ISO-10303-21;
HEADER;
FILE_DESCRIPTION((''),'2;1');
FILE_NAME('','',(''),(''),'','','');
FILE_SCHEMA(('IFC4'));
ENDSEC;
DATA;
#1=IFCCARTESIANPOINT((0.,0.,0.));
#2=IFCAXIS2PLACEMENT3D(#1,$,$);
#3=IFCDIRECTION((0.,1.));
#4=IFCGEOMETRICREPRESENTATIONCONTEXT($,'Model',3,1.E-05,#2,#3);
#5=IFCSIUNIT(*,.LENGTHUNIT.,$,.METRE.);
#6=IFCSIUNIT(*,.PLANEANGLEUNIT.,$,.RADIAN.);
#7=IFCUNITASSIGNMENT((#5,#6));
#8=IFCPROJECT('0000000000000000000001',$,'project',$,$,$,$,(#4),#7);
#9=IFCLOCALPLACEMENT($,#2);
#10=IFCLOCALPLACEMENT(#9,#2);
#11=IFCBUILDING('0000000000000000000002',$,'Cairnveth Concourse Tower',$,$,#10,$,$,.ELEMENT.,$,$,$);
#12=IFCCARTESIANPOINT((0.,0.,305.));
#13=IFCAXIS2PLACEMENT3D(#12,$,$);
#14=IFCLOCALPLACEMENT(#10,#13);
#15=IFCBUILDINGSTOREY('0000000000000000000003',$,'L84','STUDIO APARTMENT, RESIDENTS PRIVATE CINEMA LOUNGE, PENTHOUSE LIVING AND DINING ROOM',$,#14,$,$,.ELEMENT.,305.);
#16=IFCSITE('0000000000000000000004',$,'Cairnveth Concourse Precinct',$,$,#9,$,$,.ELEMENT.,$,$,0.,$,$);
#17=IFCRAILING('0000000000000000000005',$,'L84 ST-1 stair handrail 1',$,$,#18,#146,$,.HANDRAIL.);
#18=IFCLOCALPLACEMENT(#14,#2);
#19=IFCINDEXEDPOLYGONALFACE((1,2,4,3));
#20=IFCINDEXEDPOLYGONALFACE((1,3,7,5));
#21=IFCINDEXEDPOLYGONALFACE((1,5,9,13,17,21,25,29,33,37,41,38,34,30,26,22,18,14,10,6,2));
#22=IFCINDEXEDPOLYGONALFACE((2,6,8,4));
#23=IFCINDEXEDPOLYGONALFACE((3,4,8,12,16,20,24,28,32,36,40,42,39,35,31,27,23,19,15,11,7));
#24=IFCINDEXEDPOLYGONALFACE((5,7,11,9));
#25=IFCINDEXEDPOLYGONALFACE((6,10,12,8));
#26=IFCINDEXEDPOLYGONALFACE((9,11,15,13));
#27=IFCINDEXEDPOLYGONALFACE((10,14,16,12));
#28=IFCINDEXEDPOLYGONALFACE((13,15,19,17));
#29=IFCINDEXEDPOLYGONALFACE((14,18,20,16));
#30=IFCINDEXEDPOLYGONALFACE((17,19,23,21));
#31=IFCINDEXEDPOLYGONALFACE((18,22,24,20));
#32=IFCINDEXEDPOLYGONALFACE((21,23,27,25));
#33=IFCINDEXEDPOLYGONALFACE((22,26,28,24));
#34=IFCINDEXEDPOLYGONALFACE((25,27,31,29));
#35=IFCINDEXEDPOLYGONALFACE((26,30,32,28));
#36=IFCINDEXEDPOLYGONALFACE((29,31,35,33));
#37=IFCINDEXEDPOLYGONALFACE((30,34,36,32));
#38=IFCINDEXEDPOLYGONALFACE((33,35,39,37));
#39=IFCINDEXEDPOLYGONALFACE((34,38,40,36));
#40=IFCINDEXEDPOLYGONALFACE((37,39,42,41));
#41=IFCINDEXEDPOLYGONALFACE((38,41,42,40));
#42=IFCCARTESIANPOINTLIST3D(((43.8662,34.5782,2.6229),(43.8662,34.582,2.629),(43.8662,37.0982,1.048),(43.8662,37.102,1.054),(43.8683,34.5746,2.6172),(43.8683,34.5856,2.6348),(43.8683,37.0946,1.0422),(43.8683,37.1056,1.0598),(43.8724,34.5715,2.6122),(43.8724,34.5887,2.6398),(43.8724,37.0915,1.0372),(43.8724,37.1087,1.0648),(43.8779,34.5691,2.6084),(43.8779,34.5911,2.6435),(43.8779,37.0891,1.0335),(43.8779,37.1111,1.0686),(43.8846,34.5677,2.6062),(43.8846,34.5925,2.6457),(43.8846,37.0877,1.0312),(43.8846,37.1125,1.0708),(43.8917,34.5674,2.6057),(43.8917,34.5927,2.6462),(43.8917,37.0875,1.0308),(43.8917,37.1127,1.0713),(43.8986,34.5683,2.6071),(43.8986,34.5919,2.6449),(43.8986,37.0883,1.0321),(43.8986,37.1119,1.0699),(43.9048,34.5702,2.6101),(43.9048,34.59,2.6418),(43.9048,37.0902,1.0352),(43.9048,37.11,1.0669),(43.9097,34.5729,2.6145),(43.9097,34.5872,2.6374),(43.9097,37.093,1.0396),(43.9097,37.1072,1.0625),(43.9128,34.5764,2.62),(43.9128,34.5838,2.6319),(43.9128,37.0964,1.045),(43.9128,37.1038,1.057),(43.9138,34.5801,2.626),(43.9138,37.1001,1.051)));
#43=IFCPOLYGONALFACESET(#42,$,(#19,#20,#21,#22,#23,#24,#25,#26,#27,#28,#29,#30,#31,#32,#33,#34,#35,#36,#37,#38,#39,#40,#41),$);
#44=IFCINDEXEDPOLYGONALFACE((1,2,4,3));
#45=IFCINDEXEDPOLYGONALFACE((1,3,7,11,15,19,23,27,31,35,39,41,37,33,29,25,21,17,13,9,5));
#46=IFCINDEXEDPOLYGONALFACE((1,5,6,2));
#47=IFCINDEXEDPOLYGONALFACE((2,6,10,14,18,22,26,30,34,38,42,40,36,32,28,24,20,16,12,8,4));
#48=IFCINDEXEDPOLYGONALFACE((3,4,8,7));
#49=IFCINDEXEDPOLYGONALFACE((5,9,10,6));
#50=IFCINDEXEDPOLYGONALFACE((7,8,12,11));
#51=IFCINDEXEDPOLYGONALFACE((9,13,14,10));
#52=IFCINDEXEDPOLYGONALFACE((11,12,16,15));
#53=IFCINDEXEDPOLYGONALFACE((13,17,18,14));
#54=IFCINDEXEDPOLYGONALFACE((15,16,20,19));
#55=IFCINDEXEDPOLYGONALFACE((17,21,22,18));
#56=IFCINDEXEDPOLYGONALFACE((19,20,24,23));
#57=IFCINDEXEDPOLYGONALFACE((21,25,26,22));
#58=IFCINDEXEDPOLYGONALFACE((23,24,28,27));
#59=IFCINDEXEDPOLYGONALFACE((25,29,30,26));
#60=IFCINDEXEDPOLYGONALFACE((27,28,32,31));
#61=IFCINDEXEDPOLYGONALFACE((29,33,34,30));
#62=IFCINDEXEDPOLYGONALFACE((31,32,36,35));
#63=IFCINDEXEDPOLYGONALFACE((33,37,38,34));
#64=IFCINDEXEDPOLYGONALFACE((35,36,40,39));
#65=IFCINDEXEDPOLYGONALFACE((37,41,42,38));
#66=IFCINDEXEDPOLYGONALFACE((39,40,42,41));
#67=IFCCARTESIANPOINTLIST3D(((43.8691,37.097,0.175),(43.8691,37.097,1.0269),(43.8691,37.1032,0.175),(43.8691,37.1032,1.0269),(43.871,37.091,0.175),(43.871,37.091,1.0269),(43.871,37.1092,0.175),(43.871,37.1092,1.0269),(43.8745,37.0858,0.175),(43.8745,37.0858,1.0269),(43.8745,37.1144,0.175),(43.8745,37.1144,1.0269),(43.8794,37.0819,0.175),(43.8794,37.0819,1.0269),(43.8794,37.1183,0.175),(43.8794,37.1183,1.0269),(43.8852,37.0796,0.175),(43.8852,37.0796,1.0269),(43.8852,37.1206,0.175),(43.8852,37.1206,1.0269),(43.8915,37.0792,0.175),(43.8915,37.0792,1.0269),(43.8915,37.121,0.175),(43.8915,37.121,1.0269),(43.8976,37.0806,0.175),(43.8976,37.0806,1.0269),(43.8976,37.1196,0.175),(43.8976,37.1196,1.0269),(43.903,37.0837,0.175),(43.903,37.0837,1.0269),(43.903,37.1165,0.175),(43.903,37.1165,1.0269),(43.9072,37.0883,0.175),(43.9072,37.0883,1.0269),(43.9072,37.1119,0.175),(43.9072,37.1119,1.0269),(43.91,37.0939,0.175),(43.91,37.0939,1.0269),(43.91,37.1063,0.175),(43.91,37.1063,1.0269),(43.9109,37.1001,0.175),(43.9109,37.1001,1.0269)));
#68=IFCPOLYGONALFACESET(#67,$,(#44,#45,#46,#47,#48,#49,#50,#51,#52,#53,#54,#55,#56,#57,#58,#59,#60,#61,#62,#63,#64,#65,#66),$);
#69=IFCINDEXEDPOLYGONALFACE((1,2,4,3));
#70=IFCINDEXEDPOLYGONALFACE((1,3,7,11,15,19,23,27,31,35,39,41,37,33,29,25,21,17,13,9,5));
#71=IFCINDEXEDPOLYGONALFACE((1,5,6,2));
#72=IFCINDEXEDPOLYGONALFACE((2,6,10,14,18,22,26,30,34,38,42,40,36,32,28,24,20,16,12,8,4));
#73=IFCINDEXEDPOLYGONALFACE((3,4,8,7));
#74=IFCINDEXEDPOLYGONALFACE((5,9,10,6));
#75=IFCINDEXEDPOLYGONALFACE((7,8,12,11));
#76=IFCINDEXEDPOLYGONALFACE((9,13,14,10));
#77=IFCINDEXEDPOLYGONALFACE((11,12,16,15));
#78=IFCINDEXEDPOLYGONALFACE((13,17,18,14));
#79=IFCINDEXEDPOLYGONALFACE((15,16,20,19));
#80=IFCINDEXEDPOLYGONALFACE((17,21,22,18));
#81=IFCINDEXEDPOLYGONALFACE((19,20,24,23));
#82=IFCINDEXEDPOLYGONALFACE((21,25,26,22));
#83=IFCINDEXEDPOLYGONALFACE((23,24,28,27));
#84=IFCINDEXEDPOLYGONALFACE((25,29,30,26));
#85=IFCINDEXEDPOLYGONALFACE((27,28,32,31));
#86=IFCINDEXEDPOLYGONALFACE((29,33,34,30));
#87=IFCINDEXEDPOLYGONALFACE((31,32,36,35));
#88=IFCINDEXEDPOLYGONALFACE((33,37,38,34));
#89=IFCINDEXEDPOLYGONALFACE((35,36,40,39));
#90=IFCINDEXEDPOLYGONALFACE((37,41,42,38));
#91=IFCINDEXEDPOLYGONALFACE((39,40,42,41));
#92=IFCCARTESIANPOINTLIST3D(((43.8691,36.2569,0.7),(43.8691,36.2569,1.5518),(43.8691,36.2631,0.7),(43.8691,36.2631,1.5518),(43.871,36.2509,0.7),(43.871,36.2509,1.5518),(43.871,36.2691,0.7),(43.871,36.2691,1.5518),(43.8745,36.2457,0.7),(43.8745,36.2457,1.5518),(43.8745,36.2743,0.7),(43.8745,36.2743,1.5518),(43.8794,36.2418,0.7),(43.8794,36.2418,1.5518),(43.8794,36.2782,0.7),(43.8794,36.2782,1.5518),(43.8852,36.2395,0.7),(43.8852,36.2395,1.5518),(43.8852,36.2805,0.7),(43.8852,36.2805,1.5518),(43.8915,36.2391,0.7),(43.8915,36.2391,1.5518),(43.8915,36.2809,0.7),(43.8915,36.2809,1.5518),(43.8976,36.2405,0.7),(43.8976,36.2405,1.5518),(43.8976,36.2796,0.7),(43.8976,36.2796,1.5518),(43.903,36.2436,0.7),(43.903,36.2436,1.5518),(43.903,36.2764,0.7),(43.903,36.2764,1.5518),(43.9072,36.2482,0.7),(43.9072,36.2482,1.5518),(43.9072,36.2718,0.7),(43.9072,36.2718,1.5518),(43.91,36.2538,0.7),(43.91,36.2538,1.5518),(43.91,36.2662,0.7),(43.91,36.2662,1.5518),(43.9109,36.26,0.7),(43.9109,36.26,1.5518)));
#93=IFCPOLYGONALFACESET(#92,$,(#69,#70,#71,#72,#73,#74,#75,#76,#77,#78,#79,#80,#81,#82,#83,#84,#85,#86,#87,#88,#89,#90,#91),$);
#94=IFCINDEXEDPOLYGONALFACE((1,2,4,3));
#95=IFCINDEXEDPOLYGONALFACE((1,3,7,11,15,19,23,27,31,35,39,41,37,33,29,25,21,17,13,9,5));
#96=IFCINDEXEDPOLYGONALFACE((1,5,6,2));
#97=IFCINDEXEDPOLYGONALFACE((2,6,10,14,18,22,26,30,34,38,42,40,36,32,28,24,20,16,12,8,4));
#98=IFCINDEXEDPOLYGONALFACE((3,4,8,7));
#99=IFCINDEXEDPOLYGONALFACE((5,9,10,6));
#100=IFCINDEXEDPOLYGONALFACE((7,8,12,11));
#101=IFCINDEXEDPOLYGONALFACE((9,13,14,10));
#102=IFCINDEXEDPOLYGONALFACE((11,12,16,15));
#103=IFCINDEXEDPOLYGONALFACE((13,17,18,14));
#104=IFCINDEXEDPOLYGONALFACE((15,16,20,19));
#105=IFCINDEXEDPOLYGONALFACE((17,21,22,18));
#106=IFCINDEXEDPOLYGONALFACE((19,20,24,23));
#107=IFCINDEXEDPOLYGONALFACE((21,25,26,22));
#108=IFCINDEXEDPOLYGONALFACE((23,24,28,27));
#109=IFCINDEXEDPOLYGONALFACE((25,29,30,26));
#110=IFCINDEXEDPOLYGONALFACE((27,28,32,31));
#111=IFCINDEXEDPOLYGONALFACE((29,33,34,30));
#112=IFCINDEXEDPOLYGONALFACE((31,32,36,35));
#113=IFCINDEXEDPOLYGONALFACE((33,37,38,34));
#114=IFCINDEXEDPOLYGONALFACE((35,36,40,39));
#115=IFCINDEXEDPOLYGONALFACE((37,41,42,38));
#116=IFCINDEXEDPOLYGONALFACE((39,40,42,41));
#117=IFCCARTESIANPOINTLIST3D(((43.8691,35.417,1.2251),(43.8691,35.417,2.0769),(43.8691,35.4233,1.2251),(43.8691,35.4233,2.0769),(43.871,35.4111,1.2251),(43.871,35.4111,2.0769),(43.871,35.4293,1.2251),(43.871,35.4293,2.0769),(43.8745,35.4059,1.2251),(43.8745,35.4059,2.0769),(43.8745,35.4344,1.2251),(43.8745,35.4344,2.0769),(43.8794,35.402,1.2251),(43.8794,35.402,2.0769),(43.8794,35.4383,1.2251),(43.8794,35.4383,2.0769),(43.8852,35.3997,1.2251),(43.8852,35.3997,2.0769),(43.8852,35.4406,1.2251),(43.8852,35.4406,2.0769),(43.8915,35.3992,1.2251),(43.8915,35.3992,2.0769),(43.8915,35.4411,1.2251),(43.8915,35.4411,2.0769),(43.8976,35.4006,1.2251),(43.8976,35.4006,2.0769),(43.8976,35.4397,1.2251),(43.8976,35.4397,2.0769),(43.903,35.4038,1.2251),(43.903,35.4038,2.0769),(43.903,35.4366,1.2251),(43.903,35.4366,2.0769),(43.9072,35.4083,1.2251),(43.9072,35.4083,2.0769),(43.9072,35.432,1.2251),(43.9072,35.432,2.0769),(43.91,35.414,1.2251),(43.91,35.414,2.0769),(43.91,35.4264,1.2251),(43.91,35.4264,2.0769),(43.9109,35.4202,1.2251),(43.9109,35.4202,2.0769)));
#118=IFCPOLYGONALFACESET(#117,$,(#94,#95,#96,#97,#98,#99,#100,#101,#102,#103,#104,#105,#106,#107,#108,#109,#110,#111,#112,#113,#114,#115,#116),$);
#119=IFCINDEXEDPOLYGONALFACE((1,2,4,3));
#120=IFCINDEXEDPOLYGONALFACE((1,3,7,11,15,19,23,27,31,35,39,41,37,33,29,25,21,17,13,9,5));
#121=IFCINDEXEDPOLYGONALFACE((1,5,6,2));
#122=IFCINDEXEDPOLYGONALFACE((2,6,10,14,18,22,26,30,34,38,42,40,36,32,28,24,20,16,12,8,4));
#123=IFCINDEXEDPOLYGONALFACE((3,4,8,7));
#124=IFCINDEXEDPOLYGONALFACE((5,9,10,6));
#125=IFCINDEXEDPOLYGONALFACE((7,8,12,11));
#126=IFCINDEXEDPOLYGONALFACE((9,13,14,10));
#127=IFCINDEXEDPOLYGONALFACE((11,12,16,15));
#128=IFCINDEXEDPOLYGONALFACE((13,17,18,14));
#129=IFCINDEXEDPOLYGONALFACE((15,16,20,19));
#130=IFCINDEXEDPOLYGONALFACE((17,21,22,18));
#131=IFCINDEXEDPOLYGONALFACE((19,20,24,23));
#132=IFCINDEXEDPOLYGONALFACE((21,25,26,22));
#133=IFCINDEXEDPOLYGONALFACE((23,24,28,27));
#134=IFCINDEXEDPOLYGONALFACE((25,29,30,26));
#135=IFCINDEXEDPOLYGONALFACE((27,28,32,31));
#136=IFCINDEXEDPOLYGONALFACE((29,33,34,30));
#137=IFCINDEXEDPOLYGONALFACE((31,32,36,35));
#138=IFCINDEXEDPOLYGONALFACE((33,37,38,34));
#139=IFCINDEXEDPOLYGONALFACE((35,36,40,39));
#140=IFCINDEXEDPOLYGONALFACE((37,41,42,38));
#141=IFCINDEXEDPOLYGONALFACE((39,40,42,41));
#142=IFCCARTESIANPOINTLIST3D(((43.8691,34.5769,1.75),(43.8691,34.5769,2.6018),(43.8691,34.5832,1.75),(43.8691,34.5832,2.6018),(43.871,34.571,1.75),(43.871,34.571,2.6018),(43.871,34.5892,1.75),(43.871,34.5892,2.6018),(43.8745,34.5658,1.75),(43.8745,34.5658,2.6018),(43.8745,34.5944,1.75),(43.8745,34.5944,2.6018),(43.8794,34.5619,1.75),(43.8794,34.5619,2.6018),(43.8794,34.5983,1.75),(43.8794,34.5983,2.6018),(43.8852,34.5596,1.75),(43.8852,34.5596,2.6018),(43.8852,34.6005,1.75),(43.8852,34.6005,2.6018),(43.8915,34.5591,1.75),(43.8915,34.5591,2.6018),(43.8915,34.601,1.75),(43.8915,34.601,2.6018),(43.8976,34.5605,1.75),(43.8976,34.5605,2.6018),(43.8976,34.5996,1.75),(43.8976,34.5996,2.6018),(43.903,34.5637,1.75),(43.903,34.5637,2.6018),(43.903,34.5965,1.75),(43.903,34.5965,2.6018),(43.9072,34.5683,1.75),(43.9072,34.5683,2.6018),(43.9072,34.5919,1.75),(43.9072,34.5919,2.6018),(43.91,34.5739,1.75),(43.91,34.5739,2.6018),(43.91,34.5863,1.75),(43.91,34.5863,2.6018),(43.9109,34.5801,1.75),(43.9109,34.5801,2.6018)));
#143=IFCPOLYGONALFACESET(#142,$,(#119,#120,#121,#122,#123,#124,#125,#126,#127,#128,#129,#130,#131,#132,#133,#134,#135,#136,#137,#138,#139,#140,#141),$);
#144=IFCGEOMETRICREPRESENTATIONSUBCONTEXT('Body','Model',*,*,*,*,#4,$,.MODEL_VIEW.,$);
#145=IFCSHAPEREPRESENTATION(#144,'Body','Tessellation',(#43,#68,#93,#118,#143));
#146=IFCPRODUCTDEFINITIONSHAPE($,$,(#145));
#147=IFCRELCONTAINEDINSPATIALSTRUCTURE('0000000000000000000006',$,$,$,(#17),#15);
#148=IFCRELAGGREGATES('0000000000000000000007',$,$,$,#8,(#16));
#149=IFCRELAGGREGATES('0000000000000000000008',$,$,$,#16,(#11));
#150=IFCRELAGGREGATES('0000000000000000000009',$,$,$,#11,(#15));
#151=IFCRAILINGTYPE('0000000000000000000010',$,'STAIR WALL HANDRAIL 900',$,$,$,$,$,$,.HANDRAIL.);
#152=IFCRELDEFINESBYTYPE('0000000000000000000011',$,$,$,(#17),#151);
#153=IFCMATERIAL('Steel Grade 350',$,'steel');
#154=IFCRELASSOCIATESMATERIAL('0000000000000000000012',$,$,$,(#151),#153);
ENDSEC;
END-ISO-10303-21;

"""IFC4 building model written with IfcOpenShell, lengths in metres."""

from ifc_helpers import new_model, si_unit, direction, frame, origin, origin_2d, place, context, subcontext, project, spatial, circle, extrude, material, type_object, element, save


model = new_model("IFC4")

# Units and contexts
model_context = context("Model", 3, precision=1e-05, world=origin(), true_north=direction((0.0, 1.0)))
body_context = subcontext(model_context, "Body", "Model", "MODEL_VIEW")
ifc_project = project(units=[si_unit("LENGTHUNIT", "METRE"), si_unit("PLANEANGLEUNIT", "RADIAN")], contexts=[model_context])

# Site, building, storey
site_placement = place(None, origin())
site = spatial("IfcSite", under=ifc_project, at=site_placement, Name="Cairnveth Concourse Precinct", CompositionType="ELEMENT", RefElevation=0.0)
building_placement = place(site_placement, origin())
building = spatial("IfcBuilding", under=site, at=building_placement, Name="Cairnveth Concourse Tower", CompositionType="ELEMENT")
storey_placement = place(building_placement, frame((0.0, 0.0, 305.0)))
storey = spatial("IfcBuildingStorey", under=building, at=storey_placement, Name="L84", Description="STUDIO APARTMENT, RESIDENTS PRIVATE CINEMA LOUNGE, PENTHOUSE LIVING AND DINING ROOM", CompositionType="ELEMENT", Elevation=305.0)

# Shared definitions
ifc_material_1 = material(Name="Steel Grade 350", Category="steel")

# Railing
railing_type_1 = type_object("IfcRailingType", Name="STAIR WALL HANDRAIL 900", PredefinedType="HANDRAIL", material=ifc_material_1)
railing_1_placement = place(storey_placement, frame((43.8899, 37.1001, 0.175)))
element("IfcRailing", 1, at=railing_1_placement, inside=storey, type_object=railing_type_1, Name="L84 ST-1 stair handrail 1", PredefinedType="HANDRAIL", context=body_context, shape_type="SweptSolid", body=[
    extrude(circle(Radius=0.0239, at=origin_2d()), frame((0.0, 0.0, 0.876), z_axis=(0.0, -0.848008, 0.529984), x_axis=(1.0, 0.0, 0.0)), (0.0, 0.0, 1.0), 2.9717),
    extrude(circle(Radius=0.021, at=origin_2d()), origin(), (0.0, 0.0, 1.0), 0.8518),
    extrude(circle(Radius=0.021, at=origin_2d()), frame((0.0, -0.8401, 0.5249)), (0.0, 0.0, 1.0), 0.8518),
    extrude(circle(Radius=0.021, at=origin_2d()), frame((0.0, -1.6799, 1.05)), (0.0, 0.0, 1.0), 0.8518),
    extrude(circle(Radius=0.021, at=origin_2d()), frame((0.0, -2.52, 1.575)), (0.0, 0.0, 1.0), 0.8518),
])

save(model, "model.ifc")
